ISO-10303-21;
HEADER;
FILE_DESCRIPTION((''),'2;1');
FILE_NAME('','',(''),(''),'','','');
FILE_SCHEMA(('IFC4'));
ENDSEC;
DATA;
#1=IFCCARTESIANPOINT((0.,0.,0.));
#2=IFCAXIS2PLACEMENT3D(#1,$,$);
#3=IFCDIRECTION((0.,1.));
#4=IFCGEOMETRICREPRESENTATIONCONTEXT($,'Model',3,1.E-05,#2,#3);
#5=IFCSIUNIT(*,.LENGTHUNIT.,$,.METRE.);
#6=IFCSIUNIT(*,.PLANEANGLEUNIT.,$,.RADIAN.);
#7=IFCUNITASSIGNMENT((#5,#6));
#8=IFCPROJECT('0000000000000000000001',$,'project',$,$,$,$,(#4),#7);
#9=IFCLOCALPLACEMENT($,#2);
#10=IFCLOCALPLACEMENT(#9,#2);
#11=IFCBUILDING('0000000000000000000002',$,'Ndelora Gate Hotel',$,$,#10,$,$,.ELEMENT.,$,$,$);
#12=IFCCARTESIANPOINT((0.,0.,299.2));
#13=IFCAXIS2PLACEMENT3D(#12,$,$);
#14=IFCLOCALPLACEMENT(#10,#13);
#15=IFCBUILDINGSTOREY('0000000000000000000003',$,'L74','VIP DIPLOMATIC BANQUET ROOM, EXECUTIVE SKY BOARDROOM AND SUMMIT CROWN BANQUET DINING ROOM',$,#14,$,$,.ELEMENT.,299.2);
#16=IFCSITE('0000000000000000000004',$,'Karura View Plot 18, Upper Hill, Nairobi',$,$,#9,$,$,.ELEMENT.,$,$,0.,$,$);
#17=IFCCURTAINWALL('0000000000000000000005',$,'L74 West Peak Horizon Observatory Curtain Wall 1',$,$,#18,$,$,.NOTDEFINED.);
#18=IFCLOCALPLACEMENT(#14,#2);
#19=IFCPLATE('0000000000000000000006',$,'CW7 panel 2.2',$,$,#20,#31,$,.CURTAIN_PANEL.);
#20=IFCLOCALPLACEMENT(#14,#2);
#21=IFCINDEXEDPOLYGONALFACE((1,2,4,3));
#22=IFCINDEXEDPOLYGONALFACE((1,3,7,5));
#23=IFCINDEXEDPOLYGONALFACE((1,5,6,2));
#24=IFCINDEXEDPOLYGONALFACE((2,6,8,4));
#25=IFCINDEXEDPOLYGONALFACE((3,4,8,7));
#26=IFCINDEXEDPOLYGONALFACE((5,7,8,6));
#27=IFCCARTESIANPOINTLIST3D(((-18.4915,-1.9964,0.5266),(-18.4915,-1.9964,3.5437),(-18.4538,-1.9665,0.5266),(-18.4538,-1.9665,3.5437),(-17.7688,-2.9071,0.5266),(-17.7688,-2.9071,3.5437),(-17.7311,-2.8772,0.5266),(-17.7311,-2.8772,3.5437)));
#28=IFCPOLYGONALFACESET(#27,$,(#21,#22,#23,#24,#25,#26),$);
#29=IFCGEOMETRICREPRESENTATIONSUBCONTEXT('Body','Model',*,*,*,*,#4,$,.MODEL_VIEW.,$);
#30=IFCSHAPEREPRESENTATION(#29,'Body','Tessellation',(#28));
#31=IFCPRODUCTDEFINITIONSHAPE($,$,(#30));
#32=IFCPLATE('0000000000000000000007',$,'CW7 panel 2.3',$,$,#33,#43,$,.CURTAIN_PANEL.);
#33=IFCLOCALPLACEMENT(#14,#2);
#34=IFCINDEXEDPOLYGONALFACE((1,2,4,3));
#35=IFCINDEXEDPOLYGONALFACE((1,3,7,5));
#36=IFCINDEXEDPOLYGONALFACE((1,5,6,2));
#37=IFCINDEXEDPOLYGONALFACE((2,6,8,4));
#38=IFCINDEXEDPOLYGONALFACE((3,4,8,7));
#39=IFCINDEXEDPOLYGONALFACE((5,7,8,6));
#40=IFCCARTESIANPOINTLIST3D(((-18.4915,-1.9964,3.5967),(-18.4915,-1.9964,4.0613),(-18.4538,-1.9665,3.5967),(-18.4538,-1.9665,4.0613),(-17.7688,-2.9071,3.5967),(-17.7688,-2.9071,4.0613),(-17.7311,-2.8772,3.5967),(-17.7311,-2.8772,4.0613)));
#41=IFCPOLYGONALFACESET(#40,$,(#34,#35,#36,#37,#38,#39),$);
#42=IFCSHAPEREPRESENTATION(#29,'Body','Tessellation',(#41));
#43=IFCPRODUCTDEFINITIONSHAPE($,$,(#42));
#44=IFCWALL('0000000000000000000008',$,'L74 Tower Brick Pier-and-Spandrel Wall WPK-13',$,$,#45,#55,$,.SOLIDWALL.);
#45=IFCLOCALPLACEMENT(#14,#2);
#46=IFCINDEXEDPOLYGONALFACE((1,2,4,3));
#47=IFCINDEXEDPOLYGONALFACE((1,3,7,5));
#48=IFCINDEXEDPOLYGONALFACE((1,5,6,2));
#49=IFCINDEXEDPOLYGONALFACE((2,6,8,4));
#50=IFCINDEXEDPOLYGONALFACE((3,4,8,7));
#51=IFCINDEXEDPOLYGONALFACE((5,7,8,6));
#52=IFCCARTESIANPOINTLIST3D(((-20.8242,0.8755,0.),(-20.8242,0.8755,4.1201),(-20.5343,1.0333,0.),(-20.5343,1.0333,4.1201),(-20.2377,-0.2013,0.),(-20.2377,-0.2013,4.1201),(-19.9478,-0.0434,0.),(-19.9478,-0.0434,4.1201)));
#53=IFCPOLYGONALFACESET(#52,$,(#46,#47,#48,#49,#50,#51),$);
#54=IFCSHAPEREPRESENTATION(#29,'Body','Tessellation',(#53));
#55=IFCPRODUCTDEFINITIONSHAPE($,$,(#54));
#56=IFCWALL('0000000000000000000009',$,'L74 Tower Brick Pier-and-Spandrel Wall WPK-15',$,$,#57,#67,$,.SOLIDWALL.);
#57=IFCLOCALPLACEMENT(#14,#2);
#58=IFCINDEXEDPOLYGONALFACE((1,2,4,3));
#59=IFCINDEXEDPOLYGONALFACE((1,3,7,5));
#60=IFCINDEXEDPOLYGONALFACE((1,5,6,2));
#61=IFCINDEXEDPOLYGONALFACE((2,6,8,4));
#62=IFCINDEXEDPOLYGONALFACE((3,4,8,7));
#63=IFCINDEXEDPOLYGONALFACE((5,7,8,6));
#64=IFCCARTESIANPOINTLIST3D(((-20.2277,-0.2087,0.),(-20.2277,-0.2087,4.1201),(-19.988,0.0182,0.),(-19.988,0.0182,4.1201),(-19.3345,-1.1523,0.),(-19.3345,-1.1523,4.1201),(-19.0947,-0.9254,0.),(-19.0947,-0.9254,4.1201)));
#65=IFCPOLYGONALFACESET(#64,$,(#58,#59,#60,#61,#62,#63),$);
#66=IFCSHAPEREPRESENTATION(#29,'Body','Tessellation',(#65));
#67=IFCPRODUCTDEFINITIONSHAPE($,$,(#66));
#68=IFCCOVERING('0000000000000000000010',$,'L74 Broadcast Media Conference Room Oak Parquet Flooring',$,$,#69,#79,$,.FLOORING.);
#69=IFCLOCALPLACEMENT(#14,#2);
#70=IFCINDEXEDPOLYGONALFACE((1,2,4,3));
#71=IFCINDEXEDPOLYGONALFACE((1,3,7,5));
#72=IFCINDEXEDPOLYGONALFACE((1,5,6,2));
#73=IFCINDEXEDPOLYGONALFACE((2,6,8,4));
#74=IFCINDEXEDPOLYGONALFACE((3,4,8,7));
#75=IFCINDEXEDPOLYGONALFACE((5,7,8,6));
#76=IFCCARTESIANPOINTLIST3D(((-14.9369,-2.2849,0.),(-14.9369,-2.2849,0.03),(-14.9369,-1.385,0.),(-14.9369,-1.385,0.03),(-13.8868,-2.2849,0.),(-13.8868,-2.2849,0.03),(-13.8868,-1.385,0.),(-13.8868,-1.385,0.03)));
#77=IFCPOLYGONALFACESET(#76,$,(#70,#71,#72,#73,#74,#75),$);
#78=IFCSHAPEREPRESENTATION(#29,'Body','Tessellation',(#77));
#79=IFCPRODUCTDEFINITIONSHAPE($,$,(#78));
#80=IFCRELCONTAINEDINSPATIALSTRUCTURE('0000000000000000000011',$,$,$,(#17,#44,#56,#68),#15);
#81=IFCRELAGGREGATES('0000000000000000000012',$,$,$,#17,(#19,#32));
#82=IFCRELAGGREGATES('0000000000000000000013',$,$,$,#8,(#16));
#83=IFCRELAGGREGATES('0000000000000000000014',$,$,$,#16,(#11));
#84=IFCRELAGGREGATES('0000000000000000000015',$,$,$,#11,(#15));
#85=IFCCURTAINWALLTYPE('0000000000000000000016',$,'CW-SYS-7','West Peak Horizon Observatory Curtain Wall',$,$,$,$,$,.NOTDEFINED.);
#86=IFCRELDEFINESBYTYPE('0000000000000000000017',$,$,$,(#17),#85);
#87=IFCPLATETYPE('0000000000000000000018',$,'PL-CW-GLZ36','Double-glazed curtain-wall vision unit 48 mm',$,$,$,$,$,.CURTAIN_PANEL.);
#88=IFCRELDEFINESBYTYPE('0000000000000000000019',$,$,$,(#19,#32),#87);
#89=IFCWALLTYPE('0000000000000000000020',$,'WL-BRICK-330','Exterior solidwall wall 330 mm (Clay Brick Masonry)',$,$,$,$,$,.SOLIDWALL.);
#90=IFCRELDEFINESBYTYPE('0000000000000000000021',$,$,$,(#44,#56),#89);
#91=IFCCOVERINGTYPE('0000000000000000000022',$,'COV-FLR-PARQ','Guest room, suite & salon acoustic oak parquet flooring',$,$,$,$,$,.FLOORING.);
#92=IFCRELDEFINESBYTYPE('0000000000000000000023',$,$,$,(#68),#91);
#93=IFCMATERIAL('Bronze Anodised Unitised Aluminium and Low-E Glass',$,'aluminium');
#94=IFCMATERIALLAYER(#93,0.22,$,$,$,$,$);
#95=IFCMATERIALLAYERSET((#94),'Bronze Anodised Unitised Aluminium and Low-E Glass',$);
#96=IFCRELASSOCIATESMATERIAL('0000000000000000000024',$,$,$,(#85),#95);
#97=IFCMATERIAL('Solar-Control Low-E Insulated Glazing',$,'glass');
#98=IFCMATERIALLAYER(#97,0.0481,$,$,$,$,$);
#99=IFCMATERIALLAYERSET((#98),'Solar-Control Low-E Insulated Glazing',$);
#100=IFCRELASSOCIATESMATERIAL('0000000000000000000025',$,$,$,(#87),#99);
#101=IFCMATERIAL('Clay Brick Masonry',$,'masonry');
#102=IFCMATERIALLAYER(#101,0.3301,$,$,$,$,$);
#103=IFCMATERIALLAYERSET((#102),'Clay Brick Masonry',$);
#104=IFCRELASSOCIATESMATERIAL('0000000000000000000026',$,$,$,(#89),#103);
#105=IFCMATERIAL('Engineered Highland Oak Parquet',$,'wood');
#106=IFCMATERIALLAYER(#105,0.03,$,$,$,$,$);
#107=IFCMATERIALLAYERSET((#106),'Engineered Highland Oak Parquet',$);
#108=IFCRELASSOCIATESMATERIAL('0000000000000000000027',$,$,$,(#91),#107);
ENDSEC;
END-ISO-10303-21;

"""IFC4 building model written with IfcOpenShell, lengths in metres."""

from ifc_helpers import new_model, si_unit, direction, frame, frame_2d, origin, origin_2d, place, context, subcontext, project, spatial, rectangle, extrude, material, layer, layer_set, type_object, element, aggregate, save


model = new_model("IFC4")

# Units and contexts
model_context = context("Model", 3, precision=1e-05, world=origin(), true_north=direction((0.0, 1.0)))
body_context = subcontext(model_context, "Body", "Model", "MODEL_VIEW")
ifc_project = project(units=[si_unit("LENGTHUNIT", "METRE"), si_unit("PLANEANGLEUNIT", "RADIAN")], contexts=[model_context])

# Site, building, storey
site_placement = place(None, origin())
site = spatial("IfcSite", under=ifc_project, at=site_placement, Name="Karura View Plot 18, Upper Hill, Nairobi", CompositionType="ELEMENT", RefElevation=0.0)
building_placement = place(site_placement, origin())
building = spatial("IfcBuilding", under=site, at=building_placement, Name="Ndelora Gate Hotel", CompositionType="ELEMENT")
storey_placement = place(building_placement, frame((0.0, 0.0, 299.2)))
storey = spatial("IfcBuildingStorey", under=building, at=storey_placement, Name="L74", Description="VIP DIPLOMATIC BANQUET ROOM, EXECUTIVE SKY BOARDROOM AND SUMMIT CROWN BANQUET DINING ROOM", CompositionType="ELEMENT", Elevation=299.2)

# Curtain wall
ifc_material_1 = material(Name="Bronze Anodised Unitised Aluminium and Low-E Glass", Category="aluminium")
ifc_layer_1 = layer(ifc_material_1, 0.22)
ifc_layer_set_1 = layer_set([ifc_layer_1], Name="Bronze Anodised Unitised Aluminium and Low-E Glass")
curtain_wall_type = type_object("IfcCurtainWallType", Name="CW-SYS-7", Description="West Peak Horizon Observatory Curtain Wall", PredefinedType="NOTDEFINED", material=ifc_layer_set_1)
curtain_wall_1_placement = place(storey_placement, origin())
curtain_wall_1 = element("IfcCurtainWall", 1, at=curtain_wall_1_placement, inside=storey, type_object=curtain_wall_type, Name="L74 West Peak Horizon Observatory Curtain Wall 1", PredefinedType="NOTDEFINED")

# Plates
ifc_material_2 = material(Name="Solar-Control Low-E Insulated Glazing", Category="glass")
ifc_layer_2 = layer(ifc_material_2, 0.0481)
ifc_layer_set_2 = layer_set([ifc_layer_2], Name="Solar-Control Low-E Insulated Glazing")
plate_type = type_object("IfcPlateType", Name="PL-CW-GLZ36", Description="Double-glazed curtain-wall vision unit 48 mm", PredefinedType="CURTAIN_PANEL", material=ifc_layer_set_2)
plate_1_placement = place(storey_placement, frame((-18.1113, -2.4368, 0.5266), z_axis=(0.0, 0.0, 1.0), x_axis=(0.621622, -0.783317, 0.0)))
plate_1 = element("IfcPlate", 2, at=plate_1_placement, type_object=plate_type, Name="CW7 panel 2.2", PredefinedType="CURTAIN_PANEL", context=body_context, shape_type="SweptSolid", body=[
    extrude(rectangle(XDim=1.1626, YDim=0.0481, at=origin_2d()), origin(), (0.0, 0.0, 1.0), 3.0171),
])
plate_2_placement = place(storey_placement, frame((-18.1113, -2.4368, 3.5967), z_axis=(0.0, 0.0, 1.0), x_axis=(0.621622, -0.783317, 0.0)))
plate_2 = element("IfcPlate", 3, at=plate_2_placement, type_object=plate_type, Name="CW7 panel 2.3", PredefinedType="CURTAIN_PANEL", context=body_context, shape_type="SweptSolid", body=[
    extrude(rectangle(XDim=1.1626, YDim=0.0481, at=origin_2d()), origin(), (0.0, 0.0, 1.0), 0.4646),
])
aggregate(curtain_wall_1, [plate_1, plate_2])

# Walls
ifc_material_3 = material(Name="Clay Brick Masonry", Category="masonry")
ifc_layer_3 = layer(ifc_material_3, 0.3301)
ifc_layer_set_3 = layer_set([ifc_layer_3], Name="Clay Brick Masonry")
wall_type = type_object("IfcWallType", Name="WL-BRICK-330", Description="Exterior solidwall wall 330 mm (Clay Brick Masonry)", PredefinedType="SOLIDWALL", material=ifc_layer_set_3)
wall_1_placement = place(storey_placement, frame((-20.0928, -0.1223, 0.0), z_axis=(0.0, 0.0, 1.0), x_axis=(-0.478322, 0.878185, 0.0)))
element("IfcWall", 4, at=wall_1_placement, inside=storey, type_object=wall_type, Name="L74 Tower Brick Pier-and-Spandrel Wall WPK-13", PredefinedType="SOLIDWALL", context=body_context, shape_type="SweptSolid", body=[
    extrude(rectangle(XDim=1.2261, YDim=0.3301, at=frame_2d((0.613, 0.0))), origin(), (0.0, 0.0, 1.0), 4.1201),
])
wall_2_placement = place(storey_placement, frame((-19.2146, -1.0388, 0.0), z_axis=(0.0, 0.0, 1.0), x_axis=(-0.687489, 0.726195, 0.0)))
element("IfcWall", 5, at=wall_2_placement, inside=storey, type_object=wall_type, Name="L74 Tower Brick Pier-and-Spandrel Wall WPK-15", PredefinedType="SOLIDWALL", context=body_context, shape_type="SweptSolid", body=[
    extrude(rectangle(XDim=1.2993, YDim=0.3301, at=frame_2d((0.6497, 0.0))), origin(), (0.0, 0.0, 1.0), 4.1201),
])

# Covering
ifc_material_4 = material(Name="Engineered Highland Oak Parquet", Category="wood")
ifc_layer_4 = layer(ifc_material_4, 0.03)
ifc_layer_set_4 = layer_set([ifc_layer_4], Name="Engineered Highland Oak Parquet")
covering_type = type_object("IfcCoveringType", Name="COV-FLR-PARQ", Description="Guest room, suite & salon acoustic oak parquet flooring", PredefinedType="FLOORING", material=ifc_layer_set_4)
covering_placement = place(storey_placement, frame((-14.4119, -1.835, 0.0), z_axis=(0.0, 0.0, 1.0), x_axis=(1.0, 0.0, 0.0)))
element("IfcCovering", 6, at=covering_placement, inside=storey, type_object=covering_type, Name="L74 Broadcast Media Conference Room Oak Parquet Flooring", PredefinedType="FLOORING", context=body_context, shape_type="SweptSolid", body=[
    extrude(rectangle(XDim=1.05, YDim=0.8999, at=origin_2d()), origin(), (0.0, 0.0, 1.0), 0.03),
])

save(model, "model.ifc")
